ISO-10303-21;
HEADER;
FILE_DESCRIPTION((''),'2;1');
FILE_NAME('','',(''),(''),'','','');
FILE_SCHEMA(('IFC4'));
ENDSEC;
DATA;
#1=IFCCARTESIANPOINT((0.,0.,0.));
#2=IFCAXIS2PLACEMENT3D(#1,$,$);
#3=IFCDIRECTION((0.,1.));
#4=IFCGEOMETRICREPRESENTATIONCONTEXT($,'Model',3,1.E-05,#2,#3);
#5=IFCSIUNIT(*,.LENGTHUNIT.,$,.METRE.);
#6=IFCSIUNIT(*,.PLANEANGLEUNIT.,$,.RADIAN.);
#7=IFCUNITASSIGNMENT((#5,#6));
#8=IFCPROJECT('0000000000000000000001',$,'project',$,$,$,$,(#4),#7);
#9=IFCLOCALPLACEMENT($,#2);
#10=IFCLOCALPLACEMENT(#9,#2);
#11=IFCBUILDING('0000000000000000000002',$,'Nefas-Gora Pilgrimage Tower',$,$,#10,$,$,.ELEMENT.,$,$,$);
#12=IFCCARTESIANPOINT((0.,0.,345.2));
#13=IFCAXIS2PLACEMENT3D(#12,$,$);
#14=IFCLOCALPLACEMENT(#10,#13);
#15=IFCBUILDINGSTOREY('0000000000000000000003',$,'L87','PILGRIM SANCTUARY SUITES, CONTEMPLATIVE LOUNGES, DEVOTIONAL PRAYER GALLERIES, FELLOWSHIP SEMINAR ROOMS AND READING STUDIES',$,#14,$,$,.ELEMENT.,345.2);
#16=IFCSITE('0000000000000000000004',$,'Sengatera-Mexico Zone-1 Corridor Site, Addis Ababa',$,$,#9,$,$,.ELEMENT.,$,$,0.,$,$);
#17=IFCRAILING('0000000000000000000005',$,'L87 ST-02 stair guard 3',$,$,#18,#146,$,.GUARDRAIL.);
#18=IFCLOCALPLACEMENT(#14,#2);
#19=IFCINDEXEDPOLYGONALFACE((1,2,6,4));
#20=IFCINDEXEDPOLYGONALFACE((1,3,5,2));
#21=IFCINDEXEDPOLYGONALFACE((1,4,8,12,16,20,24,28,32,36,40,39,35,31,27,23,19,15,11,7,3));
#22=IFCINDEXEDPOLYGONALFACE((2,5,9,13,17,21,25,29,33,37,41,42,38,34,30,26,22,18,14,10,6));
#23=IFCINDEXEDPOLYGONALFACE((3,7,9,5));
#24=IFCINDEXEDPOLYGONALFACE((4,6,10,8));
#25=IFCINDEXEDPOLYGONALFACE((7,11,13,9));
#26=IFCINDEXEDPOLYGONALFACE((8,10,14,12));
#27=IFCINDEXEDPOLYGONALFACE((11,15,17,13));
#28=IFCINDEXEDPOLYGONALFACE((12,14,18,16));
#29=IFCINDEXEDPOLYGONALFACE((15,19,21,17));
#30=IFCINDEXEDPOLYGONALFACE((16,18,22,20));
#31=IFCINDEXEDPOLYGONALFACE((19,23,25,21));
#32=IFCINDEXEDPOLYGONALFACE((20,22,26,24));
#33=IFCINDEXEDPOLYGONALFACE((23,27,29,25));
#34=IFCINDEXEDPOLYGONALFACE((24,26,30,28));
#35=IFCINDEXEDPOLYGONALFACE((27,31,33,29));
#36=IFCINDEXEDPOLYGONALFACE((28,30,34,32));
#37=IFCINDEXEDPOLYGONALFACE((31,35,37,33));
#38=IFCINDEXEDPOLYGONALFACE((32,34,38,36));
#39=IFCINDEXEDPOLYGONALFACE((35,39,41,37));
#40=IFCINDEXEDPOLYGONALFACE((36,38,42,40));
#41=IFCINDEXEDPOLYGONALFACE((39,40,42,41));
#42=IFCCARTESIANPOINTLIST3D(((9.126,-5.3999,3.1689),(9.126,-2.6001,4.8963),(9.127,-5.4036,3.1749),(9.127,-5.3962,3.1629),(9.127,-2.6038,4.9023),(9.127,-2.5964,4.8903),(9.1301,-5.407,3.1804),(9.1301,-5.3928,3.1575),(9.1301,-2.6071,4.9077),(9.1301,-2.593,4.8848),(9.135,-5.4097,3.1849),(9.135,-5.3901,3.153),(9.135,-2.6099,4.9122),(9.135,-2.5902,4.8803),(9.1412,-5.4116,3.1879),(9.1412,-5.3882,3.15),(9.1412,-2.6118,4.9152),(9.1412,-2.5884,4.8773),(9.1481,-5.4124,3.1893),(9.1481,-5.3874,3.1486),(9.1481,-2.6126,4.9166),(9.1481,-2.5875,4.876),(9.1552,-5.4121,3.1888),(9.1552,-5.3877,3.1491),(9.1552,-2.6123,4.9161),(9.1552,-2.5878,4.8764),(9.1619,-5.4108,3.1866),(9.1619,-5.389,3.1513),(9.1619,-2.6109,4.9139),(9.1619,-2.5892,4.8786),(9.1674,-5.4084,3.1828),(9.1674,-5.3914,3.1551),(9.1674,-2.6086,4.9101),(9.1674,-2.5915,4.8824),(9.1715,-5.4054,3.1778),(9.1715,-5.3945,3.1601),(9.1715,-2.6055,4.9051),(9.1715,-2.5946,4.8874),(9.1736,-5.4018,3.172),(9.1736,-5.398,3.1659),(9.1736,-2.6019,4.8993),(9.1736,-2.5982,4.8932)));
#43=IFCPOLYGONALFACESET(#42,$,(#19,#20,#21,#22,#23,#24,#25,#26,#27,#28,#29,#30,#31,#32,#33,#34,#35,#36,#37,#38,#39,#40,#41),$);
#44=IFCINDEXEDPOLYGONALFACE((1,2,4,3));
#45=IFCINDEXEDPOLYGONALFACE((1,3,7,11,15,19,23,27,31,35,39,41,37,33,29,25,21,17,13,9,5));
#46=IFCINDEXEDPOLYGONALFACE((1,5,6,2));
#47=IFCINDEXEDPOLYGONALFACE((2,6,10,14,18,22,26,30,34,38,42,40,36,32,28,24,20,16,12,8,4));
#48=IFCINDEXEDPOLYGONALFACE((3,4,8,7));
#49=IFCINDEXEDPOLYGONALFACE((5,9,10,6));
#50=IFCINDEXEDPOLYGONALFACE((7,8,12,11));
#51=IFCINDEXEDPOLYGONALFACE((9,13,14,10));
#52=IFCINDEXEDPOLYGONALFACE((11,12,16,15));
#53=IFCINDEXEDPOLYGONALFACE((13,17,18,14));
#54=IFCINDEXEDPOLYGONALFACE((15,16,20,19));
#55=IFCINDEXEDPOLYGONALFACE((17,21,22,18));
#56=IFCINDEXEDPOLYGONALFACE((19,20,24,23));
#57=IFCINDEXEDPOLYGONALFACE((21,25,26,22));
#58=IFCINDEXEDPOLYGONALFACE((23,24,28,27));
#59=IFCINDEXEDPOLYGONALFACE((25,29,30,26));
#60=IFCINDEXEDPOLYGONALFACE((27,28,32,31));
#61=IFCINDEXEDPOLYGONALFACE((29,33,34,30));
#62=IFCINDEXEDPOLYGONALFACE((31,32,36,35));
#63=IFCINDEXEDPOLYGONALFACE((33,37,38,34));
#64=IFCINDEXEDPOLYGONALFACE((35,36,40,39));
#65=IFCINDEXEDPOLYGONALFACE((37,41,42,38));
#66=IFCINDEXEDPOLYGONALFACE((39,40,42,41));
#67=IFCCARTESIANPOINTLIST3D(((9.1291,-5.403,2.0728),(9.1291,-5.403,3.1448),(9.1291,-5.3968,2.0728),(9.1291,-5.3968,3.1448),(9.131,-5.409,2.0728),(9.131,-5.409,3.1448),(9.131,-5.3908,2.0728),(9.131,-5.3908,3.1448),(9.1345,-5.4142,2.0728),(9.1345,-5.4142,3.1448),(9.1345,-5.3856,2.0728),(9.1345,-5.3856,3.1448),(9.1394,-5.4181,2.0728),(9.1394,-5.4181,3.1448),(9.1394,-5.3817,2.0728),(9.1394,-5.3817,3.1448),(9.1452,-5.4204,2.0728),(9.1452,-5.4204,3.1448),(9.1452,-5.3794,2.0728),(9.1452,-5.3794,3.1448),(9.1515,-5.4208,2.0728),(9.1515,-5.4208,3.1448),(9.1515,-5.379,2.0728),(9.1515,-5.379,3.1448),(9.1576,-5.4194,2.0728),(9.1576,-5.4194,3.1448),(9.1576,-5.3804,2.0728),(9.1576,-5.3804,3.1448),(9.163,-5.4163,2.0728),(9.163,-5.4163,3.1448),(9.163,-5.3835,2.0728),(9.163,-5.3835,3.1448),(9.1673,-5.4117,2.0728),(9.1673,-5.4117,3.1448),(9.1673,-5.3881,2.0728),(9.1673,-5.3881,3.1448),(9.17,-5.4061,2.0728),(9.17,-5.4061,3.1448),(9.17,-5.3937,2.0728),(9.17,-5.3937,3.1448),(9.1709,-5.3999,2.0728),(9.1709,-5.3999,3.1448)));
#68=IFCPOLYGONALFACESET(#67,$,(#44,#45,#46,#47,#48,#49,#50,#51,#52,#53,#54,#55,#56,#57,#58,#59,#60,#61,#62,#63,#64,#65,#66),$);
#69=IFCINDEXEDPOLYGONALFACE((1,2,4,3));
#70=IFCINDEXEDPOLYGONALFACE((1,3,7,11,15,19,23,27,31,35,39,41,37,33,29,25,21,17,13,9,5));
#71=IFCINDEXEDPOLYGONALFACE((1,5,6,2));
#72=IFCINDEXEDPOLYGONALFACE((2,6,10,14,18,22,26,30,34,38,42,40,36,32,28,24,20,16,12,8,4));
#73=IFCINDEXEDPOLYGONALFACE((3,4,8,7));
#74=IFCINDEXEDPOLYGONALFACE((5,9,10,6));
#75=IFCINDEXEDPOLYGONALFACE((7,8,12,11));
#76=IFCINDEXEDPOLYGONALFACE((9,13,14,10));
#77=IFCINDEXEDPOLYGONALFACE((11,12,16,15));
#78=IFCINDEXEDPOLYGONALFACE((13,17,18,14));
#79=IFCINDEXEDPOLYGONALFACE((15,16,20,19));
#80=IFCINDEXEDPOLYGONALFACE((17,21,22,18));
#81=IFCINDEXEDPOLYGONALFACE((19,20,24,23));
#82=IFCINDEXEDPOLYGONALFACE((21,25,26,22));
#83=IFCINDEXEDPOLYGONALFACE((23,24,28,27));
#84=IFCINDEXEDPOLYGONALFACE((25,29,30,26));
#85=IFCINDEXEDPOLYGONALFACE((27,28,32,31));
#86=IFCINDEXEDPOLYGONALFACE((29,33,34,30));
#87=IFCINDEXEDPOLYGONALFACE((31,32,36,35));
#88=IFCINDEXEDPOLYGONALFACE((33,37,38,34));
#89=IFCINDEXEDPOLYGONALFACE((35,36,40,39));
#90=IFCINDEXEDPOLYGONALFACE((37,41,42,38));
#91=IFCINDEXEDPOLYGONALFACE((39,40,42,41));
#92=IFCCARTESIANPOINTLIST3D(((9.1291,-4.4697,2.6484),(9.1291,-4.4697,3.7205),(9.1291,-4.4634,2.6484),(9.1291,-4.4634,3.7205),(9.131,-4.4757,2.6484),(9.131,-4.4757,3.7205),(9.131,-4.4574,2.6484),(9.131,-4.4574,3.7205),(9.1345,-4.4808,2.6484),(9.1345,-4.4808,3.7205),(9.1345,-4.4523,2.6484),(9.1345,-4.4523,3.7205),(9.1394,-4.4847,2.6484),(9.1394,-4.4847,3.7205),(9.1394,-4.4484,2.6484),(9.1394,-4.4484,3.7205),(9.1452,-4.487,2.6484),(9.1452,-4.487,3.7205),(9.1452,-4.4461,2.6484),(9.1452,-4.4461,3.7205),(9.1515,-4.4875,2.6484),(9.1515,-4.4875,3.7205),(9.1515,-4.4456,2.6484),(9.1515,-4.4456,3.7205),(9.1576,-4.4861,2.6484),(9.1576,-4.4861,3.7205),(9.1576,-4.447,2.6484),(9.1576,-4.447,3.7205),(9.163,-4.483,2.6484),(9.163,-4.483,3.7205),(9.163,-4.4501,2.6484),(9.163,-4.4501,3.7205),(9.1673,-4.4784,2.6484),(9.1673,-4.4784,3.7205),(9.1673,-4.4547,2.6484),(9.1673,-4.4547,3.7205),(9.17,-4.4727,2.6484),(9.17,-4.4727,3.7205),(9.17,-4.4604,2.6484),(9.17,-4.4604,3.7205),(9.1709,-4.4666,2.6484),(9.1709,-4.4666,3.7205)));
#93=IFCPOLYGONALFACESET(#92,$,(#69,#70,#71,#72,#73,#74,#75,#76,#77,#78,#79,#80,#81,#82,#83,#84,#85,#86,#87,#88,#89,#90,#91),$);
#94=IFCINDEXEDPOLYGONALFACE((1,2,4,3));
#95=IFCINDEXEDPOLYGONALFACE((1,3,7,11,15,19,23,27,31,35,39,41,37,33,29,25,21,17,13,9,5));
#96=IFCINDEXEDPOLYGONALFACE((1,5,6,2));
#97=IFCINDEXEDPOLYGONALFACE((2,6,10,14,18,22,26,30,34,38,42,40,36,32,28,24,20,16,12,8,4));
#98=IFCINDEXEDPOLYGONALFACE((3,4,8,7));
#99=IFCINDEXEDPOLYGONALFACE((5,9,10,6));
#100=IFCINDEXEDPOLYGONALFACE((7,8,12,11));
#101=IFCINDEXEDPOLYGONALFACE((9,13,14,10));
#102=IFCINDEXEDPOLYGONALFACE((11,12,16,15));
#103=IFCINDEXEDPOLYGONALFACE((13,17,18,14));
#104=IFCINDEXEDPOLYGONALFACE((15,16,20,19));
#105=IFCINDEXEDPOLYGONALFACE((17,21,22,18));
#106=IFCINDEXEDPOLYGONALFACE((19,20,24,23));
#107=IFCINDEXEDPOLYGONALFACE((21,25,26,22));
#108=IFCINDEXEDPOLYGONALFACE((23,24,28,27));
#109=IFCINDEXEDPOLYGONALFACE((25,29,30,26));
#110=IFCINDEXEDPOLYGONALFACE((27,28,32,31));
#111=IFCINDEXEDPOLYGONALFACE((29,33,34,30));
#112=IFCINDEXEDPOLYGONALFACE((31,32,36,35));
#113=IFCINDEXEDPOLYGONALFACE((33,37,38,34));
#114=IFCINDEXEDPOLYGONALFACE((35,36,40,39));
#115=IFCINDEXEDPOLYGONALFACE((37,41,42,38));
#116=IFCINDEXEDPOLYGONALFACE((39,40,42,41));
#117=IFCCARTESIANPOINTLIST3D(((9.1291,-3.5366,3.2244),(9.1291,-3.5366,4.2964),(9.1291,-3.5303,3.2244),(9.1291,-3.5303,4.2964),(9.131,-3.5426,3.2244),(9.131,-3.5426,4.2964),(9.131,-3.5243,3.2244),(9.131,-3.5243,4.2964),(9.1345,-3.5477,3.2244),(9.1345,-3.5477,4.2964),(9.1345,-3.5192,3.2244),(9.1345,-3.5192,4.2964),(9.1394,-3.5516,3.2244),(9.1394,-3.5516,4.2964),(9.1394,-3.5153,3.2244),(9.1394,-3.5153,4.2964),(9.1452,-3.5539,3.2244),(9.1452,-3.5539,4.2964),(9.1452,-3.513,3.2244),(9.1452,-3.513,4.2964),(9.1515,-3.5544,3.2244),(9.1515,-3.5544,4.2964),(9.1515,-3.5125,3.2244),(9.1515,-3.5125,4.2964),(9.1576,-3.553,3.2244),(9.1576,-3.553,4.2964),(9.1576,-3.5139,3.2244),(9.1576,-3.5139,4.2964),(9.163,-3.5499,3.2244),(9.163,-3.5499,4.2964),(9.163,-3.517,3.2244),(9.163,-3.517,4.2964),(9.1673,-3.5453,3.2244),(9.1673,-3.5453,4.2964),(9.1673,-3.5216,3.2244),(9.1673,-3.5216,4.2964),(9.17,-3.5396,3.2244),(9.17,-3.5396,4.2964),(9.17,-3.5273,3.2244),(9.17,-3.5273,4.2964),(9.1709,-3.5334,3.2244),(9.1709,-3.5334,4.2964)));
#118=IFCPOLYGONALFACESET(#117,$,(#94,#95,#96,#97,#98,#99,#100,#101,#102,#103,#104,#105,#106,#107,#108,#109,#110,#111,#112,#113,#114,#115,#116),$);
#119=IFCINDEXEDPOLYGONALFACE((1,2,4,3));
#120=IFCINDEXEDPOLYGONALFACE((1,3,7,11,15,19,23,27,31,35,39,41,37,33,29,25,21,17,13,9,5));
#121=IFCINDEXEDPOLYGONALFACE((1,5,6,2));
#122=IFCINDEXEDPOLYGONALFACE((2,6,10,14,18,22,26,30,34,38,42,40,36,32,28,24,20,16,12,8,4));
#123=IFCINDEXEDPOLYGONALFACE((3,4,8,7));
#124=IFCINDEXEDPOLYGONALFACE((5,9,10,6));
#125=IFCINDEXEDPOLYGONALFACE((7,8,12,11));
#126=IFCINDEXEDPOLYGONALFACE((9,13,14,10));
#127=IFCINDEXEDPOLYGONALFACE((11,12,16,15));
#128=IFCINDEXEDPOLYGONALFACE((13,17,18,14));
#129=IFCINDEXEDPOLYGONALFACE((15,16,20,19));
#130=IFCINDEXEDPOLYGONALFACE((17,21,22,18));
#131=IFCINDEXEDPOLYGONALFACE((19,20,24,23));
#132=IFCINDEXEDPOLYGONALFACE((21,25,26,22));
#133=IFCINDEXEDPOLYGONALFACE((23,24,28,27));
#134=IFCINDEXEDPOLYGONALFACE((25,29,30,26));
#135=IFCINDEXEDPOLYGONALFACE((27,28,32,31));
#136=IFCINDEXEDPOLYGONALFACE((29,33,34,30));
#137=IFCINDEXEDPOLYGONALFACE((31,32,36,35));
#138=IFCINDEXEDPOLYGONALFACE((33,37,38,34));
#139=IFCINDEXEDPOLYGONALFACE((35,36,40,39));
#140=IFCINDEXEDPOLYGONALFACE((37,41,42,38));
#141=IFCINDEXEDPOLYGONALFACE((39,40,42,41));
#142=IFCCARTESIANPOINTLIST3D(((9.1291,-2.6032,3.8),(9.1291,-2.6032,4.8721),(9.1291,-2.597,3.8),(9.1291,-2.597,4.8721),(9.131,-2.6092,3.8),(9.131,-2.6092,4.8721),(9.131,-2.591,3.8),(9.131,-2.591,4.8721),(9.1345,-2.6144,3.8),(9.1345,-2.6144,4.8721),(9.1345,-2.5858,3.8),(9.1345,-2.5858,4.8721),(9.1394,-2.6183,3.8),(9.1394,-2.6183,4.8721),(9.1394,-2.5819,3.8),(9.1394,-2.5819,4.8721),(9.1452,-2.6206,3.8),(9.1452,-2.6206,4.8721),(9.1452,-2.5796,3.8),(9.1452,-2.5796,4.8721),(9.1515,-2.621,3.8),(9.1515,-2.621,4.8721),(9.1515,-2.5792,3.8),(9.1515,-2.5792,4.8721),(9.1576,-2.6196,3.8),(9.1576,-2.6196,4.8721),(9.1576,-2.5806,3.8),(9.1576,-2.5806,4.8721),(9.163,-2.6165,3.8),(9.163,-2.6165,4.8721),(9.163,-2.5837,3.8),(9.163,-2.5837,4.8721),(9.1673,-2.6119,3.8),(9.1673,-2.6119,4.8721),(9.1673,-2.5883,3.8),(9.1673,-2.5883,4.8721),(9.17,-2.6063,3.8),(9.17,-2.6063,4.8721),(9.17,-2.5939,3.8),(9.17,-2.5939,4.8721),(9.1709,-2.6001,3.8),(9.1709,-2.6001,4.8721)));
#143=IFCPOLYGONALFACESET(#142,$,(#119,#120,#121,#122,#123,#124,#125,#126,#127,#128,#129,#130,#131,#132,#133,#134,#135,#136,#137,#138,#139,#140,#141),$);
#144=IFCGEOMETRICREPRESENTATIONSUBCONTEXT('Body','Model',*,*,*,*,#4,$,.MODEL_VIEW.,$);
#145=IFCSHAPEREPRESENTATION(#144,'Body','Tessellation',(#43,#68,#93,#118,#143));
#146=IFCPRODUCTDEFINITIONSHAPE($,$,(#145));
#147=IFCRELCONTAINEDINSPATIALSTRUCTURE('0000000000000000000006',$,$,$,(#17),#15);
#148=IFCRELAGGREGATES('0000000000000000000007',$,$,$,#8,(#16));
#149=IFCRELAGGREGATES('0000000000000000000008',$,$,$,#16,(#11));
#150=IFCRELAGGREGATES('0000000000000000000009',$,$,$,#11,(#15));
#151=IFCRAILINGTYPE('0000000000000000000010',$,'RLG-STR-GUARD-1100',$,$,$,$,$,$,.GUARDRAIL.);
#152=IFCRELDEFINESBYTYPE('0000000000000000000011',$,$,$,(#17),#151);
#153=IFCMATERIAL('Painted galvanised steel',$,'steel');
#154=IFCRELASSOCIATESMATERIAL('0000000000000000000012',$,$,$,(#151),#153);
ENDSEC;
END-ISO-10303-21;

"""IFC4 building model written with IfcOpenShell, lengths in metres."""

from ifc_helpers import new_model, si_unit, direction, frame, origin, origin_2d, place, context, subcontext, project, spatial, circle, extrude, material, type_object, element, save


model = new_model("IFC4")

# Units and contexts
model_context = context("Model", 3, precision=1e-05, world=origin(), true_north=direction((0.0, 1.0)))
body_context = subcontext(model_context, "Body", "Model", "MODEL_VIEW")
ifc_project = project(units=[si_unit("LENGTHUNIT", "METRE"), si_unit("PLANEANGLEUNIT", "RADIAN")], contexts=[model_context])

# Site, building, storey
site_placement = place(None, origin())
site = spatial("IfcSite", under=ifc_project, at=site_placement, Name="Sengatera-Mexico Zone-1 Corridor Site, Addis Ababa", CompositionType="ELEMENT", RefElevation=0.0)
building_placement = place(site_placement, origin())
building = spatial("IfcBuilding", under=site, at=building_placement, Name="Nefas-Gora Pilgrimage Tower", CompositionType="ELEMENT")
storey_placement = place(building_placement, frame((0.0, 0.0, 345.2)))
storey = spatial("IfcBuildingStorey", under=building, at=storey_placement, Name="L87", Description="PILGRIM SANCTUARY SUITES, CONTEMPLATIVE LOUNGES, DEVOTIONAL PRAYER GALLERIES, FELLOWSHIP SEMINAR ROOMS AND READING STUDIES", CompositionType="ELEMENT", Elevation=345.2)

# Railing
ifc_material_1 = material(Name="Painted galvanised steel", Category="steel")
railing_type_1 = type_object("IfcRailingType", Name="RLG-STR-GUARD-1100", PredefinedType="GUARDRAIL", material=ifc_material_1)
railing_1_placement = place(storey_placement, frame((9.1499, -5.3999, 2.0728)))
element("IfcRailing", 1, at=railing_1_placement, inside=storey, type_object=railing_type_1, Name="L87 ST-02 stair guard 3", PredefinedType="GUARDRAIL", context=body_context, shape_type="SweptSolid", body=[
    extrude(circle(Radius=0.0239, at=origin_2d()), frame((0.0, 0.0, 1.0962), z_axis=(0.0, 0.851069, 0.525054), x_axis=(-1.0, 0.0, 0.0)), (0.0, 0.0, 1.0), 3.2898),
    extrude(circle(Radius=0.021, at=origin_2d()), origin(), (0.0, 0.0, 1.0), 1.072),
    extrude(circle(Radius=0.021, at=origin_2d()), frame((0.0, 0.9333, 0.5757)), (0.0, 0.0, 1.0), 1.072),
    extrude(circle(Radius=0.021, at=origin_2d()), frame((0.0, 1.8665, 1.1516)), (0.0, 0.0, 1.0), 1.072),
    extrude(circle(Radius=0.021, at=origin_2d()), frame((0.0, 2.7998, 1.7273)), (0.0, 0.0, 1.0), 1.072),
])

save(model, "model.ifc")
